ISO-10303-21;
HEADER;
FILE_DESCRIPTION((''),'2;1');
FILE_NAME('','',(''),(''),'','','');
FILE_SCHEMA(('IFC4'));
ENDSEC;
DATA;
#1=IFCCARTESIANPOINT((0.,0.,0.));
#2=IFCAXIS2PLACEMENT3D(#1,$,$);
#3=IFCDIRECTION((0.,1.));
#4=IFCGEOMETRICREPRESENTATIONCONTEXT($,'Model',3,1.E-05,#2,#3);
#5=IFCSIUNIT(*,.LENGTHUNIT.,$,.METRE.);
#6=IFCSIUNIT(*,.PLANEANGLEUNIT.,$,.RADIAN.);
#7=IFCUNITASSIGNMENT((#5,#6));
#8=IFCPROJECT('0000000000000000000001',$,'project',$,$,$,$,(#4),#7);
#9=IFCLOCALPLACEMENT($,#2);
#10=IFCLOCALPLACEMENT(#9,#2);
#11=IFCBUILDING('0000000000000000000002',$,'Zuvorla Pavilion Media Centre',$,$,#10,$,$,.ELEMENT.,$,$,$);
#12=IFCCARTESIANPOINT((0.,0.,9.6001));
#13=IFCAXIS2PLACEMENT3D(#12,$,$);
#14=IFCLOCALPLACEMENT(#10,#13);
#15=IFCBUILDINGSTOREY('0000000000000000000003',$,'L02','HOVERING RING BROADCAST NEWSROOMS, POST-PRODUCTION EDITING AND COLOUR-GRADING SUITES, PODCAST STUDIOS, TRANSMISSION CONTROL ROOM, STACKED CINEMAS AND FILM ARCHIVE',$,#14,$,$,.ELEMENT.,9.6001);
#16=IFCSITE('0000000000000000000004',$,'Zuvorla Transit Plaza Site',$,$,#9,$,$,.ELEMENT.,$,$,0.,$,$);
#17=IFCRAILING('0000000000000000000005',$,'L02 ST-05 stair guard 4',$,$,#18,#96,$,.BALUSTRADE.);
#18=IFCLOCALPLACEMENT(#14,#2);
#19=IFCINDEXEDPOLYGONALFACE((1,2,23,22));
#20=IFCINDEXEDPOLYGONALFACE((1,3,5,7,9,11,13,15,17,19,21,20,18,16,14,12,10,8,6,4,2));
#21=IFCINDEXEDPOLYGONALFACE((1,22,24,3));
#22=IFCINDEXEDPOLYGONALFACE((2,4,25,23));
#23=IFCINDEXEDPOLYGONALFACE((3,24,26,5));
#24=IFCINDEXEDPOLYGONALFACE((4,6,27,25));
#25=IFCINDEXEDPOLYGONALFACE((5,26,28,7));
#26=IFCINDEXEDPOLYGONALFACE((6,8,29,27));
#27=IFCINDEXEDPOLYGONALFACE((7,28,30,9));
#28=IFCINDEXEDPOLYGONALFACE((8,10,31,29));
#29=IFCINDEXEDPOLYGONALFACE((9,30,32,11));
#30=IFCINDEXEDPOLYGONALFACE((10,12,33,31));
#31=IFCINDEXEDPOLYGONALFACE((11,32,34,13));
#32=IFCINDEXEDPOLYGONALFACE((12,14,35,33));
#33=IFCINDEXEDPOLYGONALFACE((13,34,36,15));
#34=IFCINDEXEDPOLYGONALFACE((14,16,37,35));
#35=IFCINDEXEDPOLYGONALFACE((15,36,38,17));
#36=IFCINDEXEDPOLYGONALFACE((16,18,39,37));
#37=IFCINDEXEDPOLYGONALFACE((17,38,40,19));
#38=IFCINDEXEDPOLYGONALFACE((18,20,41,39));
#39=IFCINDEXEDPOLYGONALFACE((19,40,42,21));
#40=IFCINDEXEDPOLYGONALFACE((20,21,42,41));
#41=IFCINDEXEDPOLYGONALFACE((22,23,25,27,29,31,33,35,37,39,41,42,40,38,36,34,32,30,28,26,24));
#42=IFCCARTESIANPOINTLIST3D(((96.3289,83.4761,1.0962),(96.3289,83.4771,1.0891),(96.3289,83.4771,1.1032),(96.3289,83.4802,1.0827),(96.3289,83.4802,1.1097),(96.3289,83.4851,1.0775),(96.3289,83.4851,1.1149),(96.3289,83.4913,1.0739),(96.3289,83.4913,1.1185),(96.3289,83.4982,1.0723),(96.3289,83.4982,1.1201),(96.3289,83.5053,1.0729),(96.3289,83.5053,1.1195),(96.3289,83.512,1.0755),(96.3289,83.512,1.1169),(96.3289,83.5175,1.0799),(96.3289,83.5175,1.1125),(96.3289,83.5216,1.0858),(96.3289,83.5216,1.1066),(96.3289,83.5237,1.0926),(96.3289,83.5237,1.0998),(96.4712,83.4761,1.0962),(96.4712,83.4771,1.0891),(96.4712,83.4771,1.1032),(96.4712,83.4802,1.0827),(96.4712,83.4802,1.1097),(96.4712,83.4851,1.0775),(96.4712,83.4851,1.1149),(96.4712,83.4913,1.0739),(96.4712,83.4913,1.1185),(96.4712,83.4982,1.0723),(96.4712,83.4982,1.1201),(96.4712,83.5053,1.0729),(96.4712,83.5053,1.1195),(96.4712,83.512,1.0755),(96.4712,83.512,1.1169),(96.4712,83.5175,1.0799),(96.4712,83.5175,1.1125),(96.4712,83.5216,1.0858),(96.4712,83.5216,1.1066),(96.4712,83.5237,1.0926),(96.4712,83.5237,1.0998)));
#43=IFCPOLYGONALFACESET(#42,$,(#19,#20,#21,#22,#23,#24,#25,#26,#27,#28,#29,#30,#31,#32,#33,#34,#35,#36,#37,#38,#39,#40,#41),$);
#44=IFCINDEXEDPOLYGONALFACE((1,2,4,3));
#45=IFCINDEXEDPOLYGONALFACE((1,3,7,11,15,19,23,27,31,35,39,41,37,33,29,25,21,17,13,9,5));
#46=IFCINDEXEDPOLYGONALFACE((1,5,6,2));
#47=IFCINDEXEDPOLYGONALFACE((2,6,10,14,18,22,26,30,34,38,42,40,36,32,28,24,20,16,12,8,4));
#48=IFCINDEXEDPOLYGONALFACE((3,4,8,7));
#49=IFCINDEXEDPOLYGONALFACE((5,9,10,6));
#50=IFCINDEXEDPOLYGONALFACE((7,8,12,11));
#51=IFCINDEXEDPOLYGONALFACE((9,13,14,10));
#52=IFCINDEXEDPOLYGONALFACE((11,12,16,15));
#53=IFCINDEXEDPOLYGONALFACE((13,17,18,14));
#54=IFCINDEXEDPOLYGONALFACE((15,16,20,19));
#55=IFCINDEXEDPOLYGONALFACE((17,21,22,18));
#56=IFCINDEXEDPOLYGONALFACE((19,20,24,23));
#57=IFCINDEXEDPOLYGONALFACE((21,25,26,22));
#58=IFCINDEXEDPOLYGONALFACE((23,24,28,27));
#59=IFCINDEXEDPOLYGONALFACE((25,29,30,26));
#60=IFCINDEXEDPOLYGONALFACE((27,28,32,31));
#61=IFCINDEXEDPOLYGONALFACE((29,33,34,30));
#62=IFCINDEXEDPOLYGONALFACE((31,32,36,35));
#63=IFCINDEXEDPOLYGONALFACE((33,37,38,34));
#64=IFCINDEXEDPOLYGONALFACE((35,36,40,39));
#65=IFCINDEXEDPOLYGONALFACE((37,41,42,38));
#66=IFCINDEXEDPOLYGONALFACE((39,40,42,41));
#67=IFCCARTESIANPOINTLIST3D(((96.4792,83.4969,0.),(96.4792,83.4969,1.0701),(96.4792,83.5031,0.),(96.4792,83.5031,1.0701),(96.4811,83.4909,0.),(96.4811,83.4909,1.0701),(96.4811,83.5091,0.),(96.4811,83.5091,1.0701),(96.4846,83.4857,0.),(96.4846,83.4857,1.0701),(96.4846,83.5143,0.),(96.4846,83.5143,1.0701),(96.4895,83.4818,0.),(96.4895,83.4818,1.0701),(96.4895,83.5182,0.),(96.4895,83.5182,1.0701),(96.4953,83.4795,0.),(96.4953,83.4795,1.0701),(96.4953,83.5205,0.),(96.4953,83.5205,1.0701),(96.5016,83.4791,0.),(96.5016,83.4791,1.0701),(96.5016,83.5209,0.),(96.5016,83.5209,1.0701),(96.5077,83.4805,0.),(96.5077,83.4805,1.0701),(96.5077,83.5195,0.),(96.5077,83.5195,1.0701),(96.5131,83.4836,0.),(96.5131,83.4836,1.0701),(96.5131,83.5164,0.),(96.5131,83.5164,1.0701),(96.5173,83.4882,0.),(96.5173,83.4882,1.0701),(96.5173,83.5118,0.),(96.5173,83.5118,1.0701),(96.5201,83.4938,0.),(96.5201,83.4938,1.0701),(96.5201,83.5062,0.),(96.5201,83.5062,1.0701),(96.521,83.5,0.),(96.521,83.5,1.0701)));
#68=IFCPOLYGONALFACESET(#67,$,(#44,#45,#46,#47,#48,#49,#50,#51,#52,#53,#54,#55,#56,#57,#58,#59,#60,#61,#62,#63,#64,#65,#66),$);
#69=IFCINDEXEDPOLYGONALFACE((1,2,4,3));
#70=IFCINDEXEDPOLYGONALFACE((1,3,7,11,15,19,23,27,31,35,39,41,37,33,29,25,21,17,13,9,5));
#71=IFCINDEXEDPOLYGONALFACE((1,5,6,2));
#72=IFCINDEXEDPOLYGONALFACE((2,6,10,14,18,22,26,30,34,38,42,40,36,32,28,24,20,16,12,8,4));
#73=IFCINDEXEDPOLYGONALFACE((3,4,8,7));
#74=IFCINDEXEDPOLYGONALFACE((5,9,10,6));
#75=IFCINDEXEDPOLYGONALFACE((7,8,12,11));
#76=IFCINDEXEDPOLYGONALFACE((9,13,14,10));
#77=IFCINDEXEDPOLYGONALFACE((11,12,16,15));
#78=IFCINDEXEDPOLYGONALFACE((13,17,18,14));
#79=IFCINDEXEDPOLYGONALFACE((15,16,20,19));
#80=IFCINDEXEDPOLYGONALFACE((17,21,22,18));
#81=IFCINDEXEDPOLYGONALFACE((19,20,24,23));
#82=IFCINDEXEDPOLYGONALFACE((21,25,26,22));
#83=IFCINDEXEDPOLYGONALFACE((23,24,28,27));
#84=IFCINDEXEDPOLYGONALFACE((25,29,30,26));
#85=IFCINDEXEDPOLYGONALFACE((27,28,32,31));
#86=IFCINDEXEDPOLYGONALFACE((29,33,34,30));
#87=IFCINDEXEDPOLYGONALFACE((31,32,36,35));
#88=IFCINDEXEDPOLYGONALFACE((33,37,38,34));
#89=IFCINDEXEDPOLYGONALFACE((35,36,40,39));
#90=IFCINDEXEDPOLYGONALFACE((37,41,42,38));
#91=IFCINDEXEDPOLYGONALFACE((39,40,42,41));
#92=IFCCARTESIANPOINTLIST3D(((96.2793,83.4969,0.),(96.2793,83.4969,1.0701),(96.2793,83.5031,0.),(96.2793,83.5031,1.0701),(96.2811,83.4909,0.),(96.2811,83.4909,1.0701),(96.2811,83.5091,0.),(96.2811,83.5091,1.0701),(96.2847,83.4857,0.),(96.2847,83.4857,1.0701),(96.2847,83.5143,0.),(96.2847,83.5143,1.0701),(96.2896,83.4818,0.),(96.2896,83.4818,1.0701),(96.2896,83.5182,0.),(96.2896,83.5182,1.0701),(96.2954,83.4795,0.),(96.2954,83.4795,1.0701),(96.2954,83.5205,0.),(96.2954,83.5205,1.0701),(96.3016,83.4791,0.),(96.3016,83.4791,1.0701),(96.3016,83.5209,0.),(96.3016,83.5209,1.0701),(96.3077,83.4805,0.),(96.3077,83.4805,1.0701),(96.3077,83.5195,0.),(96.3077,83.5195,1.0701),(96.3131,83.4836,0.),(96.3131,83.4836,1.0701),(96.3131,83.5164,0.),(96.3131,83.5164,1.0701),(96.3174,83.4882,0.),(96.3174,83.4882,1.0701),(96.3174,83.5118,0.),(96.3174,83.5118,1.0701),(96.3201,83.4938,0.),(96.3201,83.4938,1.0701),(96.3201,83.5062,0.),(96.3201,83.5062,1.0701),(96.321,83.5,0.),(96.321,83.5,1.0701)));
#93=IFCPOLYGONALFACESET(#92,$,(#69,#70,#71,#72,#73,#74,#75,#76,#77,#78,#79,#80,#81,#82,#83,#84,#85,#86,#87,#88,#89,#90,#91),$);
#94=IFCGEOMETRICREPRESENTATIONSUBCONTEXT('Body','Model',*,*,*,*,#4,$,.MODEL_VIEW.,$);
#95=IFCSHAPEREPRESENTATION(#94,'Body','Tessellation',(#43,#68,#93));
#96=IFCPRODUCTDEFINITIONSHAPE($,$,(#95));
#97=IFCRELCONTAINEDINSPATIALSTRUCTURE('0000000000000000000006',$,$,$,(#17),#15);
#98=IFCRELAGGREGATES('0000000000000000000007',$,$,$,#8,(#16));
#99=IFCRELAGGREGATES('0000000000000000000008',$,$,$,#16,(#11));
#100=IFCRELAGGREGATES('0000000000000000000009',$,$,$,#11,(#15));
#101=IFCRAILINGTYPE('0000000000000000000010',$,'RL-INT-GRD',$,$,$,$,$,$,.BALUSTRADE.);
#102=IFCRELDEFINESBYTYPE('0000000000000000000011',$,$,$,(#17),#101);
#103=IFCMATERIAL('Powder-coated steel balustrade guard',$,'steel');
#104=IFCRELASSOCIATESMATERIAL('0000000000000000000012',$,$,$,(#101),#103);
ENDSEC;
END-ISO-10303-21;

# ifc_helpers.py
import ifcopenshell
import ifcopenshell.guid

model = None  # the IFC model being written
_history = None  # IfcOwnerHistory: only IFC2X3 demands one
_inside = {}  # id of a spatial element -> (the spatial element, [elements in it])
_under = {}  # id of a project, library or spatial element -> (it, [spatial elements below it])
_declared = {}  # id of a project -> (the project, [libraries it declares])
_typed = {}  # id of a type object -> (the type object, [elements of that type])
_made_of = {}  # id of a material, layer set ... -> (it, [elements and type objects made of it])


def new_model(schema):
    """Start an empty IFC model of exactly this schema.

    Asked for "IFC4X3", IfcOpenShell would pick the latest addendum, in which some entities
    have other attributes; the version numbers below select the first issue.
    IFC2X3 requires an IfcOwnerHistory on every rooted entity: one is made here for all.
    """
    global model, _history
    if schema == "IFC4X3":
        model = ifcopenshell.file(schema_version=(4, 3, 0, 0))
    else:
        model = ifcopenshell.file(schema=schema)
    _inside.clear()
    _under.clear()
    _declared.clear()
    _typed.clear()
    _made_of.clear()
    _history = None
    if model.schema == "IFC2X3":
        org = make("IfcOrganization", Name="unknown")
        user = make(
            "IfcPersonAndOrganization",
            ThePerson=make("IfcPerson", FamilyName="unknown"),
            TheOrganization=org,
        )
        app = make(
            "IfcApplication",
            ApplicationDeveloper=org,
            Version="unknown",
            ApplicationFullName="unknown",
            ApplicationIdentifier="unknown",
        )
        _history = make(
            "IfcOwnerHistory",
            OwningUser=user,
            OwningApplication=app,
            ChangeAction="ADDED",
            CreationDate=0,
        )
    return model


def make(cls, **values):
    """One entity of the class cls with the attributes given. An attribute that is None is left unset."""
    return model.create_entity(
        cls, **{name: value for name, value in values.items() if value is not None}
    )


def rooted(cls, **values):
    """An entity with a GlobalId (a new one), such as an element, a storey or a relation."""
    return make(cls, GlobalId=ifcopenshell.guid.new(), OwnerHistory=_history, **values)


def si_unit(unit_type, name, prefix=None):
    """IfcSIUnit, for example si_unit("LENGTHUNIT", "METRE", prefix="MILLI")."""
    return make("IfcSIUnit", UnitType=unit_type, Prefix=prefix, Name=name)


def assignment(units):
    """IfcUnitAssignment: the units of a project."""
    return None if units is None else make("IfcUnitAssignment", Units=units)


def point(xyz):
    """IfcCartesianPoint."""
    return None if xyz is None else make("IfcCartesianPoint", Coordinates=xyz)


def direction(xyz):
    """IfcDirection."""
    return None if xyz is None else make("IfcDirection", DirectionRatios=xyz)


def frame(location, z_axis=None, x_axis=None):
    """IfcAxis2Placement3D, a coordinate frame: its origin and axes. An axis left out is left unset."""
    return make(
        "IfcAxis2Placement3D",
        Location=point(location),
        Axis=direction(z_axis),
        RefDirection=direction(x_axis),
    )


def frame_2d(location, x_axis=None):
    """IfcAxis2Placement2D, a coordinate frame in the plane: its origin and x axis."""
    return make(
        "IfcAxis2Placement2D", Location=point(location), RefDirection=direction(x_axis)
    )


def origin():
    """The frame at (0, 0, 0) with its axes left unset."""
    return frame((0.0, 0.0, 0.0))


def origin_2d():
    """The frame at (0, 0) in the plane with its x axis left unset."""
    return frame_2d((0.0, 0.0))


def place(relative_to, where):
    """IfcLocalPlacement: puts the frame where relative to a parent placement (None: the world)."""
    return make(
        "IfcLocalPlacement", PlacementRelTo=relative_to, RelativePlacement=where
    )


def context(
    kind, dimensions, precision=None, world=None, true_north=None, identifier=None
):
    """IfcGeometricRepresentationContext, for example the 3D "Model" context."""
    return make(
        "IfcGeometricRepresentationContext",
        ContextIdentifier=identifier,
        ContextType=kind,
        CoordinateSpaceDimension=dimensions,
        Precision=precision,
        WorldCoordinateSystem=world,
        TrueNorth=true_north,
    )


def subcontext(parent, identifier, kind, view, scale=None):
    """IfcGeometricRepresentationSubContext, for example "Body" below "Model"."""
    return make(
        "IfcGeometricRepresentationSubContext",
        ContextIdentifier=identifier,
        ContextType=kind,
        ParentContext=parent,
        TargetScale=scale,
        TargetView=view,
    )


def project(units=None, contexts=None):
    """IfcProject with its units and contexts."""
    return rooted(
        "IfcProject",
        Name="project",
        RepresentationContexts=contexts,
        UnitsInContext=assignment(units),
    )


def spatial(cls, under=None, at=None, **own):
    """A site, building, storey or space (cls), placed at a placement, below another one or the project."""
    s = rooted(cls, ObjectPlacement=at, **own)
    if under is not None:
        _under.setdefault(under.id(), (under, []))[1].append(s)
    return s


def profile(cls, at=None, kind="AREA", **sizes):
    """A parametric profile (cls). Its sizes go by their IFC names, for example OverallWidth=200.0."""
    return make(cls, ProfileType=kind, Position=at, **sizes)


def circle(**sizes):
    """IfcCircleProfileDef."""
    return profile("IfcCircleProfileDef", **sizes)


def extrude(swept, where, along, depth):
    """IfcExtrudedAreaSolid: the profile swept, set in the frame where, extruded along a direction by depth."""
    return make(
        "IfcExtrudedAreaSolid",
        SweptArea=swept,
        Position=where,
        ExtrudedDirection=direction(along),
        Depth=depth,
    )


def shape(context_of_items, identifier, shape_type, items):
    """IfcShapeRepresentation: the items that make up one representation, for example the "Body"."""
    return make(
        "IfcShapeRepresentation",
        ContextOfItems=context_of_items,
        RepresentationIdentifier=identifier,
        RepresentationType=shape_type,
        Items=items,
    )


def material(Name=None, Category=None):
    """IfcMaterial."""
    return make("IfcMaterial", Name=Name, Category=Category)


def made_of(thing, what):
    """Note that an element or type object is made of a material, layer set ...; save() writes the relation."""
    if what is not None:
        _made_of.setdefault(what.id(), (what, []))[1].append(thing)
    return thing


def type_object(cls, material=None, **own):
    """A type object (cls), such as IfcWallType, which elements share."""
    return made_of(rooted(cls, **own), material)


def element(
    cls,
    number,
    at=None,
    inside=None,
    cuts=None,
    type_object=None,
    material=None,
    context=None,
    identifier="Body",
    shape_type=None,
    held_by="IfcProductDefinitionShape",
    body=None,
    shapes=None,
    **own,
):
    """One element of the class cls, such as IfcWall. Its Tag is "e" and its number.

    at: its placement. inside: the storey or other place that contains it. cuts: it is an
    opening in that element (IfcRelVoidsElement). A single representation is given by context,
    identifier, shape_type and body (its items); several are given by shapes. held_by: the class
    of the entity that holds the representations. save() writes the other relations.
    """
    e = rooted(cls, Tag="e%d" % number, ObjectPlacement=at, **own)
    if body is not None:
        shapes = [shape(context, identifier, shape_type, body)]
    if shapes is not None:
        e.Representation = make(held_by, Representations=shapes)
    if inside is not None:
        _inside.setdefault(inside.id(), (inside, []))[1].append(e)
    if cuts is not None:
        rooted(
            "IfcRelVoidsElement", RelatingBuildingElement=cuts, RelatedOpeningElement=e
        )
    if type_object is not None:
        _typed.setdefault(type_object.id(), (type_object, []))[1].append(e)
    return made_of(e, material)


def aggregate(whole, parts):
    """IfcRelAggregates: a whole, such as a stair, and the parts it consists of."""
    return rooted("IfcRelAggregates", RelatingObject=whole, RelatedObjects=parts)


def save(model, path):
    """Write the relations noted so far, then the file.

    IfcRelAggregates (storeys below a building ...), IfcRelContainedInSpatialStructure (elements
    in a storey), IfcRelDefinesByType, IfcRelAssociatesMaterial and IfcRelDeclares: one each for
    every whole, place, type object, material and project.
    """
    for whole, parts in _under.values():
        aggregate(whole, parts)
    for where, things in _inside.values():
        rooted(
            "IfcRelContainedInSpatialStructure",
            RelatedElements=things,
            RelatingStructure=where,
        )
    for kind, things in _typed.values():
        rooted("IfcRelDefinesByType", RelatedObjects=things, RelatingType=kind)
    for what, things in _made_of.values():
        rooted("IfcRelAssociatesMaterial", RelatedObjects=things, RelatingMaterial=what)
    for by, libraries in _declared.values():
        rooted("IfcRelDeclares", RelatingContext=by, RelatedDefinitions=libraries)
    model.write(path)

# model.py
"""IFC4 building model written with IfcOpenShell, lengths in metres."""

from ifc_helpers import new_model, si_unit, direction, frame, origin, origin_2d, place, context, subcontext, project, spatial, circle, extrude, material, type_object, element, save


model = new_model("IFC4")

# Units and contexts
model_context = context("Model", 3, precision=1e-05, world=origin(), true_north=direction((0.0, 1.0)))
body_context = subcontext(model_context, "Body", "Model", "MODEL_VIEW")
ifc_project = project(units=[si_unit("LENGTHUNIT", "METRE"), si_unit("PLANEANGLEUNIT", "RADIAN")], contexts=[model_context])

# Site, building, storey
site_placement = place(None, origin())
site = spatial("IfcSite", under=ifc_project, at=site_placement, Name="Zuvorla Transit Plaza Site", CompositionType="ELEMENT", RefElevation=0.0)
building_placement = place(site_placement, origin())
building = spatial("IfcBuilding", under=site, at=building_placement, Name="Zuvorla Pavilion Media Centre", CompositionType="ELEMENT")
storey_placement = place(building_placement, frame((0.0, 0.0, 9.6001)))
storey = spatial("IfcBuildingStorey", under=building, at=storey_placement, Name="L02", Description="HOVERING RING BROADCAST NEWSROOMS, POST-PRODUCTION EDITING AND COLOUR-GRADING SUITES, PODCAST STUDIOS, TRANSMISSION CONTROL ROOM, STACKED CINEMAS AND FILM ARCHIVE", CompositionType="ELEMENT", Elevation=9.6001)

# Railing
ifc_material_1 = material(Name="Powder-coated steel balustrade guard", Category="steel")
railing_type_1 = type_object("IfcRailingType", Name="RL-INT-GRD", PredefinedType="BALUSTRADE", material=ifc_material_1)
railing_1_placement = place(storey_placement, frame((96.5, 83.5, 0.0)))
element("IfcRailing", 1, at=railing_1_placement, inside=storey, type_object=railing_type_1, Name="L02 ST-05 stair guard 4", PredefinedType="BALUSTRADE", context=body_context, shape_type="SweptSolid", body=[
    extrude(circle(Radius=0.0239, at=origin_2d()), frame((-0.0288, 0.0, 1.0962), z_axis=(-1.0, 0.0, 0.0), x_axis=(0.0, -1.0, 0.0)), (0.0, 0.0, 1.0), 0.1423),
    extrude(circle(Radius=0.021, at=origin_2d()), origin(), (0.0, 0.0, 1.0), 1.0701),
    extrude(circle(Radius=0.021, at=origin_2d()), frame((-0.2, 0.0, 0.0)), (0.0, 0.0, 1.0), 1.0701),
])

save(model, "model.ifc")
